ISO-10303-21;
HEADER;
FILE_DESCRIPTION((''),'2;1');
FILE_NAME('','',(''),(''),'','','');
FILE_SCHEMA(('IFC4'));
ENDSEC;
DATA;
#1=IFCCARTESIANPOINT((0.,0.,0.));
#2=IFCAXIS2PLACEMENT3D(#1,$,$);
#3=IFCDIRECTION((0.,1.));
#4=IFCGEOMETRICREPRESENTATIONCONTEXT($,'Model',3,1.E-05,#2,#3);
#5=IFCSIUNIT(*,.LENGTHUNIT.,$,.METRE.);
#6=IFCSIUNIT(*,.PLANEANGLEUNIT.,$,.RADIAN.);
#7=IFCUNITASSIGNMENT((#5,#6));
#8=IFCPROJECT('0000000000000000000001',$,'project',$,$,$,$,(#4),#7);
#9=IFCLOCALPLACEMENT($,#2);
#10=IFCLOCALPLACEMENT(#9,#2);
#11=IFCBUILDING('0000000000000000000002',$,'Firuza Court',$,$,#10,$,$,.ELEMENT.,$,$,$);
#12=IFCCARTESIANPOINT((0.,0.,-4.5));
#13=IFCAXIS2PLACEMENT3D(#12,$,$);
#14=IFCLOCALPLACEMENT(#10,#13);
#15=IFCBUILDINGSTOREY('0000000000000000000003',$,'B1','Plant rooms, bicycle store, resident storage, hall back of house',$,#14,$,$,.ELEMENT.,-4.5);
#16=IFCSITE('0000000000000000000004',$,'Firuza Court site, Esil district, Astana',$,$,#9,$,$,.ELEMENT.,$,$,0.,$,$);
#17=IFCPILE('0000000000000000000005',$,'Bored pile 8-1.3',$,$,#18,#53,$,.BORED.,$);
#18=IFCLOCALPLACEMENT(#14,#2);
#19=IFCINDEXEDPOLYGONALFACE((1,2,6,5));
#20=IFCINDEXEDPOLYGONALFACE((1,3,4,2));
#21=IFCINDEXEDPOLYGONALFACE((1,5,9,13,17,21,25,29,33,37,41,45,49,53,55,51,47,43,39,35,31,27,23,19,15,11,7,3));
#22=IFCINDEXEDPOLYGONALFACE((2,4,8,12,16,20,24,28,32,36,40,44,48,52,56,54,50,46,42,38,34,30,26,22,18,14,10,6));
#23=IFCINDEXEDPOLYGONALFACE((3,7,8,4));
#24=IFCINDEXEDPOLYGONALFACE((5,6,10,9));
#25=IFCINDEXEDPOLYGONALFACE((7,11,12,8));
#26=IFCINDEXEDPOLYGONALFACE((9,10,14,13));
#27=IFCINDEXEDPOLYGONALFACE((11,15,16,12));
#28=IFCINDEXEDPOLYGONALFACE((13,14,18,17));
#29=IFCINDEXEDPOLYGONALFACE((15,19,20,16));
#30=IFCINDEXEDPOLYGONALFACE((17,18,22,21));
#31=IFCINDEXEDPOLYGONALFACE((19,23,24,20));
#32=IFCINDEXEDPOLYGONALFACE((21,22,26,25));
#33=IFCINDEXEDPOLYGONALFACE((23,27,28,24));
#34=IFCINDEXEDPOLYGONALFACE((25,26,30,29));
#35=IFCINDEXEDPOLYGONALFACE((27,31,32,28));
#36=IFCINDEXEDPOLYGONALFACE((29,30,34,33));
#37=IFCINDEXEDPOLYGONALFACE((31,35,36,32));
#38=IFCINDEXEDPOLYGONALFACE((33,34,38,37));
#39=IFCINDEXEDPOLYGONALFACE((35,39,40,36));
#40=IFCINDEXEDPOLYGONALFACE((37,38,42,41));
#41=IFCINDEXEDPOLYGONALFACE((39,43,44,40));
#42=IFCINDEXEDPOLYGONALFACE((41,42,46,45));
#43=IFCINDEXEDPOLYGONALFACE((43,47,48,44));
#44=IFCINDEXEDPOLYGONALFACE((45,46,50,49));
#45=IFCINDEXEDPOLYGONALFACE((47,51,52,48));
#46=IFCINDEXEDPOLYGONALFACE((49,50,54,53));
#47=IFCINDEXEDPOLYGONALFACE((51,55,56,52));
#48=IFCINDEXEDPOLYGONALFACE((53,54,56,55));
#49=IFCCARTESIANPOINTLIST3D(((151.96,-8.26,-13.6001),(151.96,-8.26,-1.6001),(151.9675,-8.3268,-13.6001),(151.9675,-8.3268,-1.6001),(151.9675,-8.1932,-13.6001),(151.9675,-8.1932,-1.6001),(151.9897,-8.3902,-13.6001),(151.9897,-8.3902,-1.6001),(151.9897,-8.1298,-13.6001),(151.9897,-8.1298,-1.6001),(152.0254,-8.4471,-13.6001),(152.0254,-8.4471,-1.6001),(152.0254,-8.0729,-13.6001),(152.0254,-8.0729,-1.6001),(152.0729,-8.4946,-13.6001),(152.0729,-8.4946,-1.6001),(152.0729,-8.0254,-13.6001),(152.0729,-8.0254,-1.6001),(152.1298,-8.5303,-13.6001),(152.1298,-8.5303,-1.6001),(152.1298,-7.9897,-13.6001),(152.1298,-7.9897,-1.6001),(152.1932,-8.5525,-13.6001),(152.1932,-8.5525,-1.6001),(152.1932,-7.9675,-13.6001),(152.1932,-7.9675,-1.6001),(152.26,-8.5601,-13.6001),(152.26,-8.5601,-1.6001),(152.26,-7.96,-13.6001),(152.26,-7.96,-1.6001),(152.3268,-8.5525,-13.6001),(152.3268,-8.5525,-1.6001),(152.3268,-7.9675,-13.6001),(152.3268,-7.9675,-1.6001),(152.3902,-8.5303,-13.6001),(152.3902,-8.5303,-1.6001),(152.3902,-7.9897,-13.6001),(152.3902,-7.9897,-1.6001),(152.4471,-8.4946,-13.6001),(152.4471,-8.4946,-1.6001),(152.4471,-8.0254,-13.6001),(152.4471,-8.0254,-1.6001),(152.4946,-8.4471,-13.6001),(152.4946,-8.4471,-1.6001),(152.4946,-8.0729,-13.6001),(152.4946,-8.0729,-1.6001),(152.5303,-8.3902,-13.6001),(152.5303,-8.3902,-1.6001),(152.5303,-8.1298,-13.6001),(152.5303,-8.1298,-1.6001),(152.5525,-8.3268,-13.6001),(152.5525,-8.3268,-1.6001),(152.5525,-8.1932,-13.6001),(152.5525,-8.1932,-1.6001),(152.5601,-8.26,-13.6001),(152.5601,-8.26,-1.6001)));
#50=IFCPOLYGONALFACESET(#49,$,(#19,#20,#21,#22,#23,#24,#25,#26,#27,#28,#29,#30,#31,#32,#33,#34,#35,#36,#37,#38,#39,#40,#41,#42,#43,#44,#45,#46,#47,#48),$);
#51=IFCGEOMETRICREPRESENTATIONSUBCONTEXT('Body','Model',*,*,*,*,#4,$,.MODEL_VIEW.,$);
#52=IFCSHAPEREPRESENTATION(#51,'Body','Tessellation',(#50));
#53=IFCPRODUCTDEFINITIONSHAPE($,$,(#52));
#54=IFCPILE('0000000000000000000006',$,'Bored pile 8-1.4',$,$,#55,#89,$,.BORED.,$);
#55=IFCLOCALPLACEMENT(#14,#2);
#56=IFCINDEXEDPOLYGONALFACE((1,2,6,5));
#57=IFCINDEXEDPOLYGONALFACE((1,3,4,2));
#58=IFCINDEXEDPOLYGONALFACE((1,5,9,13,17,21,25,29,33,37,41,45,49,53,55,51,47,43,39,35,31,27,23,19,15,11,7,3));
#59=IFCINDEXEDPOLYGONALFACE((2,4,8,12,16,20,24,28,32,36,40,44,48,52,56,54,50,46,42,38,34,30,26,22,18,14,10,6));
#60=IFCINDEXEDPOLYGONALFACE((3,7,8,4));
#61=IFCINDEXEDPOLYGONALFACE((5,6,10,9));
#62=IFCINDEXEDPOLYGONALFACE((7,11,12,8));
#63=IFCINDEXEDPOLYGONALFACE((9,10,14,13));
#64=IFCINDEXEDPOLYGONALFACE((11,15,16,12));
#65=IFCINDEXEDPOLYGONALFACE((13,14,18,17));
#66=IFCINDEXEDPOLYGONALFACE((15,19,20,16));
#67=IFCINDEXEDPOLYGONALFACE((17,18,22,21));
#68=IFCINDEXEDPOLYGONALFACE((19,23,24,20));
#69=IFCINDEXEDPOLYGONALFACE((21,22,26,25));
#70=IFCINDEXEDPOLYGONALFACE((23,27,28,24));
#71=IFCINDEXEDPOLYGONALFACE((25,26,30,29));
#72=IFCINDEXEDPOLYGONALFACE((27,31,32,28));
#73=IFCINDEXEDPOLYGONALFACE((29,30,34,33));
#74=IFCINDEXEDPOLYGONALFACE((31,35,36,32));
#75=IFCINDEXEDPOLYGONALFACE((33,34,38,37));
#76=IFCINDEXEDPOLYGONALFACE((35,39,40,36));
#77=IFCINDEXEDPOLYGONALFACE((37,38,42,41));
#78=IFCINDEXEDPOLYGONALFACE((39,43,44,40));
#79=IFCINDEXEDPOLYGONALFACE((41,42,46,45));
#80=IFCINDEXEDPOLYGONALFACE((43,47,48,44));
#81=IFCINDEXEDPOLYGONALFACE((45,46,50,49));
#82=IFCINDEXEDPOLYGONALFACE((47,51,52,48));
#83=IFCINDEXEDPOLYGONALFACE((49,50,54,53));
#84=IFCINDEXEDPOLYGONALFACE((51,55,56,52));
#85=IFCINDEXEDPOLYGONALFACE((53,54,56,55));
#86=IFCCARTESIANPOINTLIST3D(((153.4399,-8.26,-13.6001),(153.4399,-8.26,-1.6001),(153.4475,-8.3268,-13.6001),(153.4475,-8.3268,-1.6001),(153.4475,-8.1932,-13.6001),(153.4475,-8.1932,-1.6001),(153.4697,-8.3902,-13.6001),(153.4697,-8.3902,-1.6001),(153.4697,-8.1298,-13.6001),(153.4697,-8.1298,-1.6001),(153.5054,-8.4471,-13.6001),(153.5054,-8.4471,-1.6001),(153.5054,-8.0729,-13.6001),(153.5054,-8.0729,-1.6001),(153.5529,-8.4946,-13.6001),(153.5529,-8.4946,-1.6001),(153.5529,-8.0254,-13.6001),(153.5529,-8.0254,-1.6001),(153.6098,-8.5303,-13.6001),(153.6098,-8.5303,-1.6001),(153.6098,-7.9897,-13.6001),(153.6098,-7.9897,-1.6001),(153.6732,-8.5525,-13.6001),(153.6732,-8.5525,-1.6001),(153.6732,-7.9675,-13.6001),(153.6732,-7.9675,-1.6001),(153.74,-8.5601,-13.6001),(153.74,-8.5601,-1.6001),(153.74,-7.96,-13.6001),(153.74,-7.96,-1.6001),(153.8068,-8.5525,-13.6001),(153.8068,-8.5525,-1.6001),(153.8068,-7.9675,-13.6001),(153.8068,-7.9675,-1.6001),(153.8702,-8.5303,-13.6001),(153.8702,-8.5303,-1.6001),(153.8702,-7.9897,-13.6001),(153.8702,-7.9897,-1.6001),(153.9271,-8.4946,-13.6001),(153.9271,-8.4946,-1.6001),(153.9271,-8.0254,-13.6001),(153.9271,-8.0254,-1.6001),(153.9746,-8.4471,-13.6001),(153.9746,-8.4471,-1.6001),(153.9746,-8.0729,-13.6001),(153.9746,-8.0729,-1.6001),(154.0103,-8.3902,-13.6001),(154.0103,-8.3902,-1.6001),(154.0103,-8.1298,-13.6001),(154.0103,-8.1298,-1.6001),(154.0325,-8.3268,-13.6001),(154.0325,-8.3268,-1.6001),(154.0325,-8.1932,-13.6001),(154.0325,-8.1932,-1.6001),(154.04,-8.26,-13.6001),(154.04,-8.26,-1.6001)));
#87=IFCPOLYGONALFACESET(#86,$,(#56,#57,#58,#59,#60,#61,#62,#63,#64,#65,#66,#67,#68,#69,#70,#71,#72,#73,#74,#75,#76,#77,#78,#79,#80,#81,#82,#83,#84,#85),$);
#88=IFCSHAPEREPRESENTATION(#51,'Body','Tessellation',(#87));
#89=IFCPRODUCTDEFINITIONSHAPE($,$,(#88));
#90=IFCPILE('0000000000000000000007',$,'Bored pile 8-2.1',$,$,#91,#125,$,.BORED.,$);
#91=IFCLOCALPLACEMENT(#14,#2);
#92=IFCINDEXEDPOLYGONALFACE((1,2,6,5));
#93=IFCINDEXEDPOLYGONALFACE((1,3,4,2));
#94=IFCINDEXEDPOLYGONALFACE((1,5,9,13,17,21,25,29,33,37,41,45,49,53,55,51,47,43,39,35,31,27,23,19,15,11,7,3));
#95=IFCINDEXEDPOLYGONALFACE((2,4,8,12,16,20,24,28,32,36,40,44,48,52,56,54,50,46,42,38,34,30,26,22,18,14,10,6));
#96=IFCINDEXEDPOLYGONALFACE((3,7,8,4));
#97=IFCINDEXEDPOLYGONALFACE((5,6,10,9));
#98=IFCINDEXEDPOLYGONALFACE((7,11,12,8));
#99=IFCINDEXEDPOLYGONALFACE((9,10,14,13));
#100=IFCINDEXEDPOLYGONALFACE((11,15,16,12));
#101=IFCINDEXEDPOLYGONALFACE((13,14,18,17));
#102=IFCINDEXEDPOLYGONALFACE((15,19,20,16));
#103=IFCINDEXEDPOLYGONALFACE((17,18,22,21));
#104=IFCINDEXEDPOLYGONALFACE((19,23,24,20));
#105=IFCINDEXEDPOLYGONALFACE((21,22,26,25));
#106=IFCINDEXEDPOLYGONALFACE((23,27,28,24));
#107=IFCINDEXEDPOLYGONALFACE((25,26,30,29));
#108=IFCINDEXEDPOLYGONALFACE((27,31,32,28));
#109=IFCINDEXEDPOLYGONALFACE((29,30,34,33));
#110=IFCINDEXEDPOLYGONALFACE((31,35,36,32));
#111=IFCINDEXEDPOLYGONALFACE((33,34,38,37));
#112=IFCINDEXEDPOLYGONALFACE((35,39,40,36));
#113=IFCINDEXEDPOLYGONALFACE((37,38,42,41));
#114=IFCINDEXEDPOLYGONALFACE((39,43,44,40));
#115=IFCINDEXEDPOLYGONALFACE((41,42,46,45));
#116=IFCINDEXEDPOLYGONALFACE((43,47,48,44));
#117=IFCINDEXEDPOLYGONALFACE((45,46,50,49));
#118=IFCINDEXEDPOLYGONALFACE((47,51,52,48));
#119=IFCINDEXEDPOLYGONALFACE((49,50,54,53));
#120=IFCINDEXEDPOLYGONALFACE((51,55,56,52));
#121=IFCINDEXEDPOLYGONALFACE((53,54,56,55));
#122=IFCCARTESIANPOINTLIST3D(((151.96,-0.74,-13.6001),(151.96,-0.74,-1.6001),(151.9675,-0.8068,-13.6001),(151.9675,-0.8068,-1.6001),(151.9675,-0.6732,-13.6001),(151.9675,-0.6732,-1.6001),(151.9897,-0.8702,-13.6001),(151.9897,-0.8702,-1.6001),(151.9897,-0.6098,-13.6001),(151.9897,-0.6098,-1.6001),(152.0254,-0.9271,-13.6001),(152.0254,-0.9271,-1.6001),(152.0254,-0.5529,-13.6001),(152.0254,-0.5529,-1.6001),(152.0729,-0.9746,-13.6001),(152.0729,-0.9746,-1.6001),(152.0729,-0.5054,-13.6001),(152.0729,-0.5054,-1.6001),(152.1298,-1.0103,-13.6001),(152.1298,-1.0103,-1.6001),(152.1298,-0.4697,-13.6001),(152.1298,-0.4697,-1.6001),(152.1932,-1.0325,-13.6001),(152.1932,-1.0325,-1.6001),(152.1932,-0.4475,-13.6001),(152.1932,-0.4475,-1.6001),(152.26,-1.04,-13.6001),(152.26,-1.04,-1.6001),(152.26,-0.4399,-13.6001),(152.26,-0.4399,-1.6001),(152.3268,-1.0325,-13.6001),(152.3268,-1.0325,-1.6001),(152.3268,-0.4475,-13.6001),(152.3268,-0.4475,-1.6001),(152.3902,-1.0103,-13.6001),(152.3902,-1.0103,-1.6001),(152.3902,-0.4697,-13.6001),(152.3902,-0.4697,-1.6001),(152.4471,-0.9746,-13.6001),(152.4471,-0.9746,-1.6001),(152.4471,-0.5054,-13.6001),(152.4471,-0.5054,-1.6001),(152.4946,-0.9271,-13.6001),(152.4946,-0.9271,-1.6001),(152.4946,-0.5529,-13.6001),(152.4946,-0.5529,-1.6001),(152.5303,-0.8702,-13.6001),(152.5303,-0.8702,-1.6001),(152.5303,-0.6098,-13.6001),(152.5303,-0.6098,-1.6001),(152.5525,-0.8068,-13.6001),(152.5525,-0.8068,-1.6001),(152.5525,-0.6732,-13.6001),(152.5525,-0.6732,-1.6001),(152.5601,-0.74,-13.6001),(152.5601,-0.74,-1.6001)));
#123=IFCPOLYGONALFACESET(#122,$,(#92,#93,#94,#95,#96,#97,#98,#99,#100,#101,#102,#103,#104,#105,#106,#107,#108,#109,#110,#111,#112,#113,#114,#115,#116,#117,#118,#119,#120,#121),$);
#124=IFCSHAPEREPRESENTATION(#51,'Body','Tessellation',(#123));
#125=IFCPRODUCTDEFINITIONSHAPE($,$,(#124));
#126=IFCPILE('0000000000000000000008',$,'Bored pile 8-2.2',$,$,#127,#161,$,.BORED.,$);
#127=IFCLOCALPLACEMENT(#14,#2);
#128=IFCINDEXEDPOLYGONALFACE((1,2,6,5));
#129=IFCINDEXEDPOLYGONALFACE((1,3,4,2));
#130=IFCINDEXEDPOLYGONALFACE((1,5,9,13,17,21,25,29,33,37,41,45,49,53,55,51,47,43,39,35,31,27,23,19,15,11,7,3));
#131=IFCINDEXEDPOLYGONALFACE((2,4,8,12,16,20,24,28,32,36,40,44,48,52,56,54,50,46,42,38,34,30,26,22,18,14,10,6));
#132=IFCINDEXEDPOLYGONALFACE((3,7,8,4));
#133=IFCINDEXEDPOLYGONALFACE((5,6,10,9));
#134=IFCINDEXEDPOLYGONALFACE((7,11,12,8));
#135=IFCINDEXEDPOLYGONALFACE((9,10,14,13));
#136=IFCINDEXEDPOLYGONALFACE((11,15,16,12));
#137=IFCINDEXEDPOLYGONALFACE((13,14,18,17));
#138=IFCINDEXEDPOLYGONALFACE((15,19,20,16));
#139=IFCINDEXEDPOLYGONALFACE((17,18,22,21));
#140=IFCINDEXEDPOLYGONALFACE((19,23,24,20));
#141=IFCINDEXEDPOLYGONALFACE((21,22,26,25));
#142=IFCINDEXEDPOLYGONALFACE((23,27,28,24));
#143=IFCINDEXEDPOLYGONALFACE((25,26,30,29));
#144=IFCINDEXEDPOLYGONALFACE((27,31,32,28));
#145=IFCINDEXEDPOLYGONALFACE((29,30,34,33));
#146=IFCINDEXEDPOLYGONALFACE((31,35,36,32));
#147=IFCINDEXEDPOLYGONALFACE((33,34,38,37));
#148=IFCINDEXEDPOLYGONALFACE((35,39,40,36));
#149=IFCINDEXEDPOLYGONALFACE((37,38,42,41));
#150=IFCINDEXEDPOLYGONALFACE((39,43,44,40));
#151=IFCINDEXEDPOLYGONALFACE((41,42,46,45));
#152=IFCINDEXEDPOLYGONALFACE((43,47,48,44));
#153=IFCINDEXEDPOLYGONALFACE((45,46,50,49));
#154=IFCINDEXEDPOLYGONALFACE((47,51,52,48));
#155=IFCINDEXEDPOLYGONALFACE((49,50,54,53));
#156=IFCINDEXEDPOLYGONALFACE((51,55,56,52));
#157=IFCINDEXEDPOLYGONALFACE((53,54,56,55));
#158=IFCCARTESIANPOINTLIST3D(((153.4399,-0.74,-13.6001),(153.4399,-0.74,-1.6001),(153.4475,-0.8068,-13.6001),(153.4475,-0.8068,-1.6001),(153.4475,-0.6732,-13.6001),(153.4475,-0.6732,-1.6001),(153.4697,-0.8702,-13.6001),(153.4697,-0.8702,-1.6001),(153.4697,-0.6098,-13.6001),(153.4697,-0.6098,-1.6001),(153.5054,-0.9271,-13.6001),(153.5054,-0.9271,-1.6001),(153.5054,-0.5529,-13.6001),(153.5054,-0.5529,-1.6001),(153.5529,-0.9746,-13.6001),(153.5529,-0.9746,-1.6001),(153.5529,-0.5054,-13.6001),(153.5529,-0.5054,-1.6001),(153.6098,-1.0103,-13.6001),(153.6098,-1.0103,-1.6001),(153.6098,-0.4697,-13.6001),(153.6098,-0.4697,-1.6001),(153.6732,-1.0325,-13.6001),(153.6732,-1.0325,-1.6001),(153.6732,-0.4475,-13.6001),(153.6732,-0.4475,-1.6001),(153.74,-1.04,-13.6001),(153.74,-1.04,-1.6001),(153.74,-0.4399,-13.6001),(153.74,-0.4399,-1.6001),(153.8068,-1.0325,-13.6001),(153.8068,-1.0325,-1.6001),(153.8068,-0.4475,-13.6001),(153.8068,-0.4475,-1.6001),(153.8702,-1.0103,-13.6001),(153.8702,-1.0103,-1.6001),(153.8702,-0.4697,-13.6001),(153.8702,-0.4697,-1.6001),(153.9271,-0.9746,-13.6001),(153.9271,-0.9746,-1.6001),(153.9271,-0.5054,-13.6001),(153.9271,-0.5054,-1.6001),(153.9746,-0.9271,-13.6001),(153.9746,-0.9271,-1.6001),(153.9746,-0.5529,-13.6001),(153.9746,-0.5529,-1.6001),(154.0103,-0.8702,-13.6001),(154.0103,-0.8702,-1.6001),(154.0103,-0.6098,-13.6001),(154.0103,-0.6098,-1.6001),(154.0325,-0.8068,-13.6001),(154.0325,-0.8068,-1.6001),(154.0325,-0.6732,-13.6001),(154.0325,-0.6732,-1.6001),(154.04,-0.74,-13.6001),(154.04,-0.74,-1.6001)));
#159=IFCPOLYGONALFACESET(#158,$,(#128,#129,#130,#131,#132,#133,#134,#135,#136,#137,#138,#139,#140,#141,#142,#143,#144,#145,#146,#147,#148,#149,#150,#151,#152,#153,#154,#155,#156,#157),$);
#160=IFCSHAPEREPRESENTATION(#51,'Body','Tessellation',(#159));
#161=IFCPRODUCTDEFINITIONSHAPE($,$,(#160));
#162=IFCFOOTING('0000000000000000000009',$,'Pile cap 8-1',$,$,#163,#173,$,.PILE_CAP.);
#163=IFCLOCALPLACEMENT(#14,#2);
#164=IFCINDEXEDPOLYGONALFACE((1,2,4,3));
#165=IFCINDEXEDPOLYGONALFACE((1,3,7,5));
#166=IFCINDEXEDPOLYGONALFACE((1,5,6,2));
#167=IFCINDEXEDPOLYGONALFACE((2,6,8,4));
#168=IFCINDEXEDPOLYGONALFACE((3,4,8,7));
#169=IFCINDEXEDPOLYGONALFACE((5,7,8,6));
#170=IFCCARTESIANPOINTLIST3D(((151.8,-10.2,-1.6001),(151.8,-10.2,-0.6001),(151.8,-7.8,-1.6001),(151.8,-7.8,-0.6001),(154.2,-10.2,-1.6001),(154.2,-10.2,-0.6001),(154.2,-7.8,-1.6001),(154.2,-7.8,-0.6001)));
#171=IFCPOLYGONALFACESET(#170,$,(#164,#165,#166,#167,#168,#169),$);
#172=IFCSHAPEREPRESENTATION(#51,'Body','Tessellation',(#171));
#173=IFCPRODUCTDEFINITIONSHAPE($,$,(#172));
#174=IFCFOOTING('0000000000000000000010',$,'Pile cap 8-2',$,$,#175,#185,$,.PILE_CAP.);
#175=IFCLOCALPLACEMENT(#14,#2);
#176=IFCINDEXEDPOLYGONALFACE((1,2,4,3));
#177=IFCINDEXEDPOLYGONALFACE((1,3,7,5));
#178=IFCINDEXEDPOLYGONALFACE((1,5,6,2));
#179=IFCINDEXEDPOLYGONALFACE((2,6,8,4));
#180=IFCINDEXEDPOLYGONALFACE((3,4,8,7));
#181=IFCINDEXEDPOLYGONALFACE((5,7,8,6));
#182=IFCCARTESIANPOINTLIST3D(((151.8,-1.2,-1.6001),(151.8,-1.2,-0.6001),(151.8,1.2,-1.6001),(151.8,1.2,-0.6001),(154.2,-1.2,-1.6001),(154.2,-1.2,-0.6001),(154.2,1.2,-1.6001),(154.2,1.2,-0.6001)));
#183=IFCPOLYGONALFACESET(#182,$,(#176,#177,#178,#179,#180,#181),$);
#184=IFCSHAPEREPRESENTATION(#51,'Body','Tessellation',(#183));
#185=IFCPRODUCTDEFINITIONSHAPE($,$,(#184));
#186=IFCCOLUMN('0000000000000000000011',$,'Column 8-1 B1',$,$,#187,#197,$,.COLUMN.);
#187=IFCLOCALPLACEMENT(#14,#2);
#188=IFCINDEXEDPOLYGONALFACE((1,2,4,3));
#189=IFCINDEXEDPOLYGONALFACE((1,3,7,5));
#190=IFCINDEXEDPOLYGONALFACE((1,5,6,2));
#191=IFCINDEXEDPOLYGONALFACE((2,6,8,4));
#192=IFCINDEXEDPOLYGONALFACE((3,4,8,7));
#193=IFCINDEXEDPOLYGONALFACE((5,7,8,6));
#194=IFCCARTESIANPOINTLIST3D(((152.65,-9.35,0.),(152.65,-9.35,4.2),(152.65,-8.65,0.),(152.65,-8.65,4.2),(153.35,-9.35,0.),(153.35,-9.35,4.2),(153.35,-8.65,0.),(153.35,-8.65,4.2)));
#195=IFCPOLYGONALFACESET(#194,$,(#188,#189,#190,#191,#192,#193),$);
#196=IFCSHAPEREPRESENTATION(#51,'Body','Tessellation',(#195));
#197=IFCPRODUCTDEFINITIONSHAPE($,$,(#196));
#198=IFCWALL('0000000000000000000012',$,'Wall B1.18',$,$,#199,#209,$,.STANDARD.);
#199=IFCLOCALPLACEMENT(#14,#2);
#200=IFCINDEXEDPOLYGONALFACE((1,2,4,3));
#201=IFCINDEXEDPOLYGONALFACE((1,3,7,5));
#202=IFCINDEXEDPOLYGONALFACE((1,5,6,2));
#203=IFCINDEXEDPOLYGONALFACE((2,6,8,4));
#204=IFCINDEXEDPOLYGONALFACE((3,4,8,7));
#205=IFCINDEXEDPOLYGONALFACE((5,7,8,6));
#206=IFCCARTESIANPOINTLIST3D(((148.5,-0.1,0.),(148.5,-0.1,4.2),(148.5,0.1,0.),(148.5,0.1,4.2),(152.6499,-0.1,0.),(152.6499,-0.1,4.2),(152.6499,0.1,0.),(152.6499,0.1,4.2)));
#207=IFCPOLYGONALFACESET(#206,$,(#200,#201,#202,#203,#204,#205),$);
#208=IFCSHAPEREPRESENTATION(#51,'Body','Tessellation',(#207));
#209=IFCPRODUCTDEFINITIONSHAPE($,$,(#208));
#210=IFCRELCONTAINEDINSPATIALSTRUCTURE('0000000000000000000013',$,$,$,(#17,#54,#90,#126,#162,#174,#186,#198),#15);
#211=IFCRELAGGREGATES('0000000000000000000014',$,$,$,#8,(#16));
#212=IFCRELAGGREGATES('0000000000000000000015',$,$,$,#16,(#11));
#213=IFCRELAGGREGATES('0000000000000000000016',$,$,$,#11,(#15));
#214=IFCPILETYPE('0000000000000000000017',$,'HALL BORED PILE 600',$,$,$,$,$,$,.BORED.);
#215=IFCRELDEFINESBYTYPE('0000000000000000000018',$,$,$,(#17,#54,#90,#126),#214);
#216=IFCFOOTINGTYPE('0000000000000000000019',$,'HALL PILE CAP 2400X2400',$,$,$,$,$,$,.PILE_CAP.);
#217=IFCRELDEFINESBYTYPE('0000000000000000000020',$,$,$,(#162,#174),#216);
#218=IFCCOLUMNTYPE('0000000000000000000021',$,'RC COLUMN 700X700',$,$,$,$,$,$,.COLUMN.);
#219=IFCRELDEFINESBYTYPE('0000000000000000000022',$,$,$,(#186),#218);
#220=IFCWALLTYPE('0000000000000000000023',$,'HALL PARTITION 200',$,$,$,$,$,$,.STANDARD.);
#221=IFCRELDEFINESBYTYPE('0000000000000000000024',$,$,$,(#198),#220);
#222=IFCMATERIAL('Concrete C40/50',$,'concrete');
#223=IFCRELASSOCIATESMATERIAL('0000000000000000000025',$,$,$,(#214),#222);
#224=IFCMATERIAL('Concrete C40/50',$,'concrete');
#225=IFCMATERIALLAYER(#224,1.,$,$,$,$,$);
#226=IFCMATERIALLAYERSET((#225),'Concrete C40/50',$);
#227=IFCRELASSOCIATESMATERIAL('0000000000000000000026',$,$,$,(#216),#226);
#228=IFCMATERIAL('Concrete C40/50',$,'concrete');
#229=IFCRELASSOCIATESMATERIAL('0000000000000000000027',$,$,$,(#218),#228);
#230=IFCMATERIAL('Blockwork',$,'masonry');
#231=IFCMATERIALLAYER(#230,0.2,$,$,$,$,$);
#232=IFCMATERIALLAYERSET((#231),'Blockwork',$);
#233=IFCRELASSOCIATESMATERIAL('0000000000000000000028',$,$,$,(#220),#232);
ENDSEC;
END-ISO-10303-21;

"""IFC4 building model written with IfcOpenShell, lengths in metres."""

from ifc_helpers import new_model, si_unit, direction, frame, frame_2d, origin, origin_2d, place, context, subcontext, project, spatial, rectangle, circle, extrude, material, layer, layer_set, material_profile, profile_set, type_object, element, save


model = new_model("IFC4")

# Units and contexts
model_context = context("Model", 3, precision=1e-05, world=origin(), true_north=direction((0.0, 1.0)))
body_context = subcontext(model_context, "Body", "Model", "MODEL_VIEW")
ifc_project = project(units=[si_unit("LENGTHUNIT", "METRE"), si_unit("PLANEANGLEUNIT", "RADIAN")], contexts=[model_context])

# Site, building, storey
site_placement = place(None, origin())
site = spatial("IfcSite", under=ifc_project, at=site_placement, Name="Firuza Court site, Esil district, Astana", CompositionType="ELEMENT", RefElevation=0.0)
building_placement = place(site_placement, origin())
building = spatial("IfcBuilding", under=site, at=building_placement, Name="Firuza Court", CompositionType="ELEMENT")
storey_placement = place(building_placement, frame((0.0, 0.0, -4.5)))
storey = spatial("IfcBuildingStorey", under=building, at=storey_placement, Name="B1", Description="Plant rooms, bicycle store, resident storage, hall back of house", CompositionType="ELEMENT", Elevation=-4.5)

# Piles
ifc_material_1 = material(Name="Concrete C40/50", Category="concrete")
ifc_material_profile_1 = material_profile(ifc_material_1, circle(Radius=0.3, at=origin_2d()), Name="PILE 600")
ifc_profile_set_1 = profile_set([ifc_material_profile_1], Name="Concrete C40/50")
pile_type = type_object("IfcPileType", Name="HALL BORED PILE 600", PredefinedType="BORED", material=ifc_profile_set_1)
for number, where, z_axis, x_axis, name in (
    (1, (152.26, -8.26, -1.6001), (0.0, 0.0, -1.0), (1.0, 0.0, 0.0), "Bored pile 8-1.3"),
    (2, (153.74, -8.26, -1.6001), (0.0, 0.0, -1.0), (1.0, 0.0, 0.0), "Bored pile 8-1.4"),
    (3, (152.26, -0.74, -1.6001), (0.0, 0.0, -1.0), (1.0, 0.0, 0.0), "Bored pile 8-2.1"),
    (4, (153.74, -0.74, -1.6001), (0.0, 0.0, -1.0), (1.0, 0.0, 0.0), "Bored pile 8-2.2"),
):
    element("IfcPile", number, at=place(storey_placement, frame(where, z_axis=z_axis, x_axis=x_axis)), inside=storey, type_object=pile_type, Name=name, PredefinedType="BORED", context=body_context, shape_type="SweptSolid", body=[
        extrude(circle(Radius=0.3, at=origin_2d()), origin(), (0.0, 0.0, 1.0), 12.0),
    ])

# Footings
ifc_material_2 = material(Name="Concrete C40/50", Category="concrete")
ifc_layer_1 = layer(ifc_material_2, 1.0)
ifc_layer_set_1 = layer_set([ifc_layer_1], Name="Concrete C40/50")
footing_type = type_object("IfcFootingType", Name="HALL PILE CAP 2400X2400", PredefinedType="PILE_CAP", material=ifc_layer_set_1)
for number, where, z_axis, x_axis, name in (
    (5, (153.0, -9.0, -1.6001), (0.0, 0.0, 1.0), (1.0, 0.0, 0.0), "Pile cap 8-1"),
    (6, (153.0, 0.0, -1.6001), (0.0, 0.0, 1.0), (1.0, 0.0, 0.0), "Pile cap 8-2"),
):
    element("IfcFooting", number, at=place(storey_placement, frame(where, z_axis=z_axis, x_axis=x_axis)), inside=storey, type_object=footing_type, Name=name, PredefinedType="PILE_CAP", context=body_context, shape_type="SweptSolid", body=[
        extrude(rectangle(XDim=2.3999, YDim=2.3999, at=origin_2d()), origin(), (0.0, 0.0, 1.0), 1.0),
    ])

# Column
ifc_material_3 = material(Name="Concrete C40/50", Category="concrete")
ifc_material_profile_2 = material_profile(ifc_material_3, rectangle(XDim=0.7, YDim=0.7, at=origin_2d()), Name="RC 700X700")
ifc_profile_set_2 = profile_set([ifc_material_profile_2], Name="Concrete C40/50")
column_type = type_object("IfcColumnType", Name="RC COLUMN 700X700", PredefinedType="COLUMN", material=ifc_profile_set_2)
column_placement = place(storey_placement, frame((153.0, -9.0, 0.0), z_axis=(0.0, 0.0, 1.0), x_axis=(1.0, 0.0, 0.0)))
element("IfcColumn", 7, at=column_placement, inside=storey, type_object=column_type, Name="Column 8-1 B1", PredefinedType="COLUMN", context=body_context, shape_type="SweptSolid", body=[
    extrude(rectangle(XDim=0.7, YDim=0.7, at=origin_2d()), origin(), (0.0, 0.0, 1.0), 4.2),
])

# Wall
ifc_material_4 = material(Name="Blockwork", Category="masonry")
ifc_layer_2 = layer(ifc_material_4, 0.2)
ifc_layer_set_2 = layer_set([ifc_layer_2], Name="Blockwork")
wall_type_1 = type_object("IfcWallType", Name="HALL PARTITION 200", PredefinedType="STANDARD", material=ifc_layer_set_2)
wall_1_placement = place(storey_placement, frame((148.5, 0.0, 0.0), z_axis=(0.0, 0.0, 1.0), x_axis=(1.0, 0.0, 0.0)))
element("IfcWall", 8, at=wall_1_placement, inside=storey, type_object=wall_type_1, Name="Wall B1.18", PredefinedType="STANDARD", context=body_context, shape_type="SweptSolid", body=[
    extrude(rectangle(XDim=4.1499, YDim=0.2, at=frame_2d((2.075, 0.0))), origin(), (0.0, 0.0, 1.0), 4.2),
])

save(model, "model.ifc")
